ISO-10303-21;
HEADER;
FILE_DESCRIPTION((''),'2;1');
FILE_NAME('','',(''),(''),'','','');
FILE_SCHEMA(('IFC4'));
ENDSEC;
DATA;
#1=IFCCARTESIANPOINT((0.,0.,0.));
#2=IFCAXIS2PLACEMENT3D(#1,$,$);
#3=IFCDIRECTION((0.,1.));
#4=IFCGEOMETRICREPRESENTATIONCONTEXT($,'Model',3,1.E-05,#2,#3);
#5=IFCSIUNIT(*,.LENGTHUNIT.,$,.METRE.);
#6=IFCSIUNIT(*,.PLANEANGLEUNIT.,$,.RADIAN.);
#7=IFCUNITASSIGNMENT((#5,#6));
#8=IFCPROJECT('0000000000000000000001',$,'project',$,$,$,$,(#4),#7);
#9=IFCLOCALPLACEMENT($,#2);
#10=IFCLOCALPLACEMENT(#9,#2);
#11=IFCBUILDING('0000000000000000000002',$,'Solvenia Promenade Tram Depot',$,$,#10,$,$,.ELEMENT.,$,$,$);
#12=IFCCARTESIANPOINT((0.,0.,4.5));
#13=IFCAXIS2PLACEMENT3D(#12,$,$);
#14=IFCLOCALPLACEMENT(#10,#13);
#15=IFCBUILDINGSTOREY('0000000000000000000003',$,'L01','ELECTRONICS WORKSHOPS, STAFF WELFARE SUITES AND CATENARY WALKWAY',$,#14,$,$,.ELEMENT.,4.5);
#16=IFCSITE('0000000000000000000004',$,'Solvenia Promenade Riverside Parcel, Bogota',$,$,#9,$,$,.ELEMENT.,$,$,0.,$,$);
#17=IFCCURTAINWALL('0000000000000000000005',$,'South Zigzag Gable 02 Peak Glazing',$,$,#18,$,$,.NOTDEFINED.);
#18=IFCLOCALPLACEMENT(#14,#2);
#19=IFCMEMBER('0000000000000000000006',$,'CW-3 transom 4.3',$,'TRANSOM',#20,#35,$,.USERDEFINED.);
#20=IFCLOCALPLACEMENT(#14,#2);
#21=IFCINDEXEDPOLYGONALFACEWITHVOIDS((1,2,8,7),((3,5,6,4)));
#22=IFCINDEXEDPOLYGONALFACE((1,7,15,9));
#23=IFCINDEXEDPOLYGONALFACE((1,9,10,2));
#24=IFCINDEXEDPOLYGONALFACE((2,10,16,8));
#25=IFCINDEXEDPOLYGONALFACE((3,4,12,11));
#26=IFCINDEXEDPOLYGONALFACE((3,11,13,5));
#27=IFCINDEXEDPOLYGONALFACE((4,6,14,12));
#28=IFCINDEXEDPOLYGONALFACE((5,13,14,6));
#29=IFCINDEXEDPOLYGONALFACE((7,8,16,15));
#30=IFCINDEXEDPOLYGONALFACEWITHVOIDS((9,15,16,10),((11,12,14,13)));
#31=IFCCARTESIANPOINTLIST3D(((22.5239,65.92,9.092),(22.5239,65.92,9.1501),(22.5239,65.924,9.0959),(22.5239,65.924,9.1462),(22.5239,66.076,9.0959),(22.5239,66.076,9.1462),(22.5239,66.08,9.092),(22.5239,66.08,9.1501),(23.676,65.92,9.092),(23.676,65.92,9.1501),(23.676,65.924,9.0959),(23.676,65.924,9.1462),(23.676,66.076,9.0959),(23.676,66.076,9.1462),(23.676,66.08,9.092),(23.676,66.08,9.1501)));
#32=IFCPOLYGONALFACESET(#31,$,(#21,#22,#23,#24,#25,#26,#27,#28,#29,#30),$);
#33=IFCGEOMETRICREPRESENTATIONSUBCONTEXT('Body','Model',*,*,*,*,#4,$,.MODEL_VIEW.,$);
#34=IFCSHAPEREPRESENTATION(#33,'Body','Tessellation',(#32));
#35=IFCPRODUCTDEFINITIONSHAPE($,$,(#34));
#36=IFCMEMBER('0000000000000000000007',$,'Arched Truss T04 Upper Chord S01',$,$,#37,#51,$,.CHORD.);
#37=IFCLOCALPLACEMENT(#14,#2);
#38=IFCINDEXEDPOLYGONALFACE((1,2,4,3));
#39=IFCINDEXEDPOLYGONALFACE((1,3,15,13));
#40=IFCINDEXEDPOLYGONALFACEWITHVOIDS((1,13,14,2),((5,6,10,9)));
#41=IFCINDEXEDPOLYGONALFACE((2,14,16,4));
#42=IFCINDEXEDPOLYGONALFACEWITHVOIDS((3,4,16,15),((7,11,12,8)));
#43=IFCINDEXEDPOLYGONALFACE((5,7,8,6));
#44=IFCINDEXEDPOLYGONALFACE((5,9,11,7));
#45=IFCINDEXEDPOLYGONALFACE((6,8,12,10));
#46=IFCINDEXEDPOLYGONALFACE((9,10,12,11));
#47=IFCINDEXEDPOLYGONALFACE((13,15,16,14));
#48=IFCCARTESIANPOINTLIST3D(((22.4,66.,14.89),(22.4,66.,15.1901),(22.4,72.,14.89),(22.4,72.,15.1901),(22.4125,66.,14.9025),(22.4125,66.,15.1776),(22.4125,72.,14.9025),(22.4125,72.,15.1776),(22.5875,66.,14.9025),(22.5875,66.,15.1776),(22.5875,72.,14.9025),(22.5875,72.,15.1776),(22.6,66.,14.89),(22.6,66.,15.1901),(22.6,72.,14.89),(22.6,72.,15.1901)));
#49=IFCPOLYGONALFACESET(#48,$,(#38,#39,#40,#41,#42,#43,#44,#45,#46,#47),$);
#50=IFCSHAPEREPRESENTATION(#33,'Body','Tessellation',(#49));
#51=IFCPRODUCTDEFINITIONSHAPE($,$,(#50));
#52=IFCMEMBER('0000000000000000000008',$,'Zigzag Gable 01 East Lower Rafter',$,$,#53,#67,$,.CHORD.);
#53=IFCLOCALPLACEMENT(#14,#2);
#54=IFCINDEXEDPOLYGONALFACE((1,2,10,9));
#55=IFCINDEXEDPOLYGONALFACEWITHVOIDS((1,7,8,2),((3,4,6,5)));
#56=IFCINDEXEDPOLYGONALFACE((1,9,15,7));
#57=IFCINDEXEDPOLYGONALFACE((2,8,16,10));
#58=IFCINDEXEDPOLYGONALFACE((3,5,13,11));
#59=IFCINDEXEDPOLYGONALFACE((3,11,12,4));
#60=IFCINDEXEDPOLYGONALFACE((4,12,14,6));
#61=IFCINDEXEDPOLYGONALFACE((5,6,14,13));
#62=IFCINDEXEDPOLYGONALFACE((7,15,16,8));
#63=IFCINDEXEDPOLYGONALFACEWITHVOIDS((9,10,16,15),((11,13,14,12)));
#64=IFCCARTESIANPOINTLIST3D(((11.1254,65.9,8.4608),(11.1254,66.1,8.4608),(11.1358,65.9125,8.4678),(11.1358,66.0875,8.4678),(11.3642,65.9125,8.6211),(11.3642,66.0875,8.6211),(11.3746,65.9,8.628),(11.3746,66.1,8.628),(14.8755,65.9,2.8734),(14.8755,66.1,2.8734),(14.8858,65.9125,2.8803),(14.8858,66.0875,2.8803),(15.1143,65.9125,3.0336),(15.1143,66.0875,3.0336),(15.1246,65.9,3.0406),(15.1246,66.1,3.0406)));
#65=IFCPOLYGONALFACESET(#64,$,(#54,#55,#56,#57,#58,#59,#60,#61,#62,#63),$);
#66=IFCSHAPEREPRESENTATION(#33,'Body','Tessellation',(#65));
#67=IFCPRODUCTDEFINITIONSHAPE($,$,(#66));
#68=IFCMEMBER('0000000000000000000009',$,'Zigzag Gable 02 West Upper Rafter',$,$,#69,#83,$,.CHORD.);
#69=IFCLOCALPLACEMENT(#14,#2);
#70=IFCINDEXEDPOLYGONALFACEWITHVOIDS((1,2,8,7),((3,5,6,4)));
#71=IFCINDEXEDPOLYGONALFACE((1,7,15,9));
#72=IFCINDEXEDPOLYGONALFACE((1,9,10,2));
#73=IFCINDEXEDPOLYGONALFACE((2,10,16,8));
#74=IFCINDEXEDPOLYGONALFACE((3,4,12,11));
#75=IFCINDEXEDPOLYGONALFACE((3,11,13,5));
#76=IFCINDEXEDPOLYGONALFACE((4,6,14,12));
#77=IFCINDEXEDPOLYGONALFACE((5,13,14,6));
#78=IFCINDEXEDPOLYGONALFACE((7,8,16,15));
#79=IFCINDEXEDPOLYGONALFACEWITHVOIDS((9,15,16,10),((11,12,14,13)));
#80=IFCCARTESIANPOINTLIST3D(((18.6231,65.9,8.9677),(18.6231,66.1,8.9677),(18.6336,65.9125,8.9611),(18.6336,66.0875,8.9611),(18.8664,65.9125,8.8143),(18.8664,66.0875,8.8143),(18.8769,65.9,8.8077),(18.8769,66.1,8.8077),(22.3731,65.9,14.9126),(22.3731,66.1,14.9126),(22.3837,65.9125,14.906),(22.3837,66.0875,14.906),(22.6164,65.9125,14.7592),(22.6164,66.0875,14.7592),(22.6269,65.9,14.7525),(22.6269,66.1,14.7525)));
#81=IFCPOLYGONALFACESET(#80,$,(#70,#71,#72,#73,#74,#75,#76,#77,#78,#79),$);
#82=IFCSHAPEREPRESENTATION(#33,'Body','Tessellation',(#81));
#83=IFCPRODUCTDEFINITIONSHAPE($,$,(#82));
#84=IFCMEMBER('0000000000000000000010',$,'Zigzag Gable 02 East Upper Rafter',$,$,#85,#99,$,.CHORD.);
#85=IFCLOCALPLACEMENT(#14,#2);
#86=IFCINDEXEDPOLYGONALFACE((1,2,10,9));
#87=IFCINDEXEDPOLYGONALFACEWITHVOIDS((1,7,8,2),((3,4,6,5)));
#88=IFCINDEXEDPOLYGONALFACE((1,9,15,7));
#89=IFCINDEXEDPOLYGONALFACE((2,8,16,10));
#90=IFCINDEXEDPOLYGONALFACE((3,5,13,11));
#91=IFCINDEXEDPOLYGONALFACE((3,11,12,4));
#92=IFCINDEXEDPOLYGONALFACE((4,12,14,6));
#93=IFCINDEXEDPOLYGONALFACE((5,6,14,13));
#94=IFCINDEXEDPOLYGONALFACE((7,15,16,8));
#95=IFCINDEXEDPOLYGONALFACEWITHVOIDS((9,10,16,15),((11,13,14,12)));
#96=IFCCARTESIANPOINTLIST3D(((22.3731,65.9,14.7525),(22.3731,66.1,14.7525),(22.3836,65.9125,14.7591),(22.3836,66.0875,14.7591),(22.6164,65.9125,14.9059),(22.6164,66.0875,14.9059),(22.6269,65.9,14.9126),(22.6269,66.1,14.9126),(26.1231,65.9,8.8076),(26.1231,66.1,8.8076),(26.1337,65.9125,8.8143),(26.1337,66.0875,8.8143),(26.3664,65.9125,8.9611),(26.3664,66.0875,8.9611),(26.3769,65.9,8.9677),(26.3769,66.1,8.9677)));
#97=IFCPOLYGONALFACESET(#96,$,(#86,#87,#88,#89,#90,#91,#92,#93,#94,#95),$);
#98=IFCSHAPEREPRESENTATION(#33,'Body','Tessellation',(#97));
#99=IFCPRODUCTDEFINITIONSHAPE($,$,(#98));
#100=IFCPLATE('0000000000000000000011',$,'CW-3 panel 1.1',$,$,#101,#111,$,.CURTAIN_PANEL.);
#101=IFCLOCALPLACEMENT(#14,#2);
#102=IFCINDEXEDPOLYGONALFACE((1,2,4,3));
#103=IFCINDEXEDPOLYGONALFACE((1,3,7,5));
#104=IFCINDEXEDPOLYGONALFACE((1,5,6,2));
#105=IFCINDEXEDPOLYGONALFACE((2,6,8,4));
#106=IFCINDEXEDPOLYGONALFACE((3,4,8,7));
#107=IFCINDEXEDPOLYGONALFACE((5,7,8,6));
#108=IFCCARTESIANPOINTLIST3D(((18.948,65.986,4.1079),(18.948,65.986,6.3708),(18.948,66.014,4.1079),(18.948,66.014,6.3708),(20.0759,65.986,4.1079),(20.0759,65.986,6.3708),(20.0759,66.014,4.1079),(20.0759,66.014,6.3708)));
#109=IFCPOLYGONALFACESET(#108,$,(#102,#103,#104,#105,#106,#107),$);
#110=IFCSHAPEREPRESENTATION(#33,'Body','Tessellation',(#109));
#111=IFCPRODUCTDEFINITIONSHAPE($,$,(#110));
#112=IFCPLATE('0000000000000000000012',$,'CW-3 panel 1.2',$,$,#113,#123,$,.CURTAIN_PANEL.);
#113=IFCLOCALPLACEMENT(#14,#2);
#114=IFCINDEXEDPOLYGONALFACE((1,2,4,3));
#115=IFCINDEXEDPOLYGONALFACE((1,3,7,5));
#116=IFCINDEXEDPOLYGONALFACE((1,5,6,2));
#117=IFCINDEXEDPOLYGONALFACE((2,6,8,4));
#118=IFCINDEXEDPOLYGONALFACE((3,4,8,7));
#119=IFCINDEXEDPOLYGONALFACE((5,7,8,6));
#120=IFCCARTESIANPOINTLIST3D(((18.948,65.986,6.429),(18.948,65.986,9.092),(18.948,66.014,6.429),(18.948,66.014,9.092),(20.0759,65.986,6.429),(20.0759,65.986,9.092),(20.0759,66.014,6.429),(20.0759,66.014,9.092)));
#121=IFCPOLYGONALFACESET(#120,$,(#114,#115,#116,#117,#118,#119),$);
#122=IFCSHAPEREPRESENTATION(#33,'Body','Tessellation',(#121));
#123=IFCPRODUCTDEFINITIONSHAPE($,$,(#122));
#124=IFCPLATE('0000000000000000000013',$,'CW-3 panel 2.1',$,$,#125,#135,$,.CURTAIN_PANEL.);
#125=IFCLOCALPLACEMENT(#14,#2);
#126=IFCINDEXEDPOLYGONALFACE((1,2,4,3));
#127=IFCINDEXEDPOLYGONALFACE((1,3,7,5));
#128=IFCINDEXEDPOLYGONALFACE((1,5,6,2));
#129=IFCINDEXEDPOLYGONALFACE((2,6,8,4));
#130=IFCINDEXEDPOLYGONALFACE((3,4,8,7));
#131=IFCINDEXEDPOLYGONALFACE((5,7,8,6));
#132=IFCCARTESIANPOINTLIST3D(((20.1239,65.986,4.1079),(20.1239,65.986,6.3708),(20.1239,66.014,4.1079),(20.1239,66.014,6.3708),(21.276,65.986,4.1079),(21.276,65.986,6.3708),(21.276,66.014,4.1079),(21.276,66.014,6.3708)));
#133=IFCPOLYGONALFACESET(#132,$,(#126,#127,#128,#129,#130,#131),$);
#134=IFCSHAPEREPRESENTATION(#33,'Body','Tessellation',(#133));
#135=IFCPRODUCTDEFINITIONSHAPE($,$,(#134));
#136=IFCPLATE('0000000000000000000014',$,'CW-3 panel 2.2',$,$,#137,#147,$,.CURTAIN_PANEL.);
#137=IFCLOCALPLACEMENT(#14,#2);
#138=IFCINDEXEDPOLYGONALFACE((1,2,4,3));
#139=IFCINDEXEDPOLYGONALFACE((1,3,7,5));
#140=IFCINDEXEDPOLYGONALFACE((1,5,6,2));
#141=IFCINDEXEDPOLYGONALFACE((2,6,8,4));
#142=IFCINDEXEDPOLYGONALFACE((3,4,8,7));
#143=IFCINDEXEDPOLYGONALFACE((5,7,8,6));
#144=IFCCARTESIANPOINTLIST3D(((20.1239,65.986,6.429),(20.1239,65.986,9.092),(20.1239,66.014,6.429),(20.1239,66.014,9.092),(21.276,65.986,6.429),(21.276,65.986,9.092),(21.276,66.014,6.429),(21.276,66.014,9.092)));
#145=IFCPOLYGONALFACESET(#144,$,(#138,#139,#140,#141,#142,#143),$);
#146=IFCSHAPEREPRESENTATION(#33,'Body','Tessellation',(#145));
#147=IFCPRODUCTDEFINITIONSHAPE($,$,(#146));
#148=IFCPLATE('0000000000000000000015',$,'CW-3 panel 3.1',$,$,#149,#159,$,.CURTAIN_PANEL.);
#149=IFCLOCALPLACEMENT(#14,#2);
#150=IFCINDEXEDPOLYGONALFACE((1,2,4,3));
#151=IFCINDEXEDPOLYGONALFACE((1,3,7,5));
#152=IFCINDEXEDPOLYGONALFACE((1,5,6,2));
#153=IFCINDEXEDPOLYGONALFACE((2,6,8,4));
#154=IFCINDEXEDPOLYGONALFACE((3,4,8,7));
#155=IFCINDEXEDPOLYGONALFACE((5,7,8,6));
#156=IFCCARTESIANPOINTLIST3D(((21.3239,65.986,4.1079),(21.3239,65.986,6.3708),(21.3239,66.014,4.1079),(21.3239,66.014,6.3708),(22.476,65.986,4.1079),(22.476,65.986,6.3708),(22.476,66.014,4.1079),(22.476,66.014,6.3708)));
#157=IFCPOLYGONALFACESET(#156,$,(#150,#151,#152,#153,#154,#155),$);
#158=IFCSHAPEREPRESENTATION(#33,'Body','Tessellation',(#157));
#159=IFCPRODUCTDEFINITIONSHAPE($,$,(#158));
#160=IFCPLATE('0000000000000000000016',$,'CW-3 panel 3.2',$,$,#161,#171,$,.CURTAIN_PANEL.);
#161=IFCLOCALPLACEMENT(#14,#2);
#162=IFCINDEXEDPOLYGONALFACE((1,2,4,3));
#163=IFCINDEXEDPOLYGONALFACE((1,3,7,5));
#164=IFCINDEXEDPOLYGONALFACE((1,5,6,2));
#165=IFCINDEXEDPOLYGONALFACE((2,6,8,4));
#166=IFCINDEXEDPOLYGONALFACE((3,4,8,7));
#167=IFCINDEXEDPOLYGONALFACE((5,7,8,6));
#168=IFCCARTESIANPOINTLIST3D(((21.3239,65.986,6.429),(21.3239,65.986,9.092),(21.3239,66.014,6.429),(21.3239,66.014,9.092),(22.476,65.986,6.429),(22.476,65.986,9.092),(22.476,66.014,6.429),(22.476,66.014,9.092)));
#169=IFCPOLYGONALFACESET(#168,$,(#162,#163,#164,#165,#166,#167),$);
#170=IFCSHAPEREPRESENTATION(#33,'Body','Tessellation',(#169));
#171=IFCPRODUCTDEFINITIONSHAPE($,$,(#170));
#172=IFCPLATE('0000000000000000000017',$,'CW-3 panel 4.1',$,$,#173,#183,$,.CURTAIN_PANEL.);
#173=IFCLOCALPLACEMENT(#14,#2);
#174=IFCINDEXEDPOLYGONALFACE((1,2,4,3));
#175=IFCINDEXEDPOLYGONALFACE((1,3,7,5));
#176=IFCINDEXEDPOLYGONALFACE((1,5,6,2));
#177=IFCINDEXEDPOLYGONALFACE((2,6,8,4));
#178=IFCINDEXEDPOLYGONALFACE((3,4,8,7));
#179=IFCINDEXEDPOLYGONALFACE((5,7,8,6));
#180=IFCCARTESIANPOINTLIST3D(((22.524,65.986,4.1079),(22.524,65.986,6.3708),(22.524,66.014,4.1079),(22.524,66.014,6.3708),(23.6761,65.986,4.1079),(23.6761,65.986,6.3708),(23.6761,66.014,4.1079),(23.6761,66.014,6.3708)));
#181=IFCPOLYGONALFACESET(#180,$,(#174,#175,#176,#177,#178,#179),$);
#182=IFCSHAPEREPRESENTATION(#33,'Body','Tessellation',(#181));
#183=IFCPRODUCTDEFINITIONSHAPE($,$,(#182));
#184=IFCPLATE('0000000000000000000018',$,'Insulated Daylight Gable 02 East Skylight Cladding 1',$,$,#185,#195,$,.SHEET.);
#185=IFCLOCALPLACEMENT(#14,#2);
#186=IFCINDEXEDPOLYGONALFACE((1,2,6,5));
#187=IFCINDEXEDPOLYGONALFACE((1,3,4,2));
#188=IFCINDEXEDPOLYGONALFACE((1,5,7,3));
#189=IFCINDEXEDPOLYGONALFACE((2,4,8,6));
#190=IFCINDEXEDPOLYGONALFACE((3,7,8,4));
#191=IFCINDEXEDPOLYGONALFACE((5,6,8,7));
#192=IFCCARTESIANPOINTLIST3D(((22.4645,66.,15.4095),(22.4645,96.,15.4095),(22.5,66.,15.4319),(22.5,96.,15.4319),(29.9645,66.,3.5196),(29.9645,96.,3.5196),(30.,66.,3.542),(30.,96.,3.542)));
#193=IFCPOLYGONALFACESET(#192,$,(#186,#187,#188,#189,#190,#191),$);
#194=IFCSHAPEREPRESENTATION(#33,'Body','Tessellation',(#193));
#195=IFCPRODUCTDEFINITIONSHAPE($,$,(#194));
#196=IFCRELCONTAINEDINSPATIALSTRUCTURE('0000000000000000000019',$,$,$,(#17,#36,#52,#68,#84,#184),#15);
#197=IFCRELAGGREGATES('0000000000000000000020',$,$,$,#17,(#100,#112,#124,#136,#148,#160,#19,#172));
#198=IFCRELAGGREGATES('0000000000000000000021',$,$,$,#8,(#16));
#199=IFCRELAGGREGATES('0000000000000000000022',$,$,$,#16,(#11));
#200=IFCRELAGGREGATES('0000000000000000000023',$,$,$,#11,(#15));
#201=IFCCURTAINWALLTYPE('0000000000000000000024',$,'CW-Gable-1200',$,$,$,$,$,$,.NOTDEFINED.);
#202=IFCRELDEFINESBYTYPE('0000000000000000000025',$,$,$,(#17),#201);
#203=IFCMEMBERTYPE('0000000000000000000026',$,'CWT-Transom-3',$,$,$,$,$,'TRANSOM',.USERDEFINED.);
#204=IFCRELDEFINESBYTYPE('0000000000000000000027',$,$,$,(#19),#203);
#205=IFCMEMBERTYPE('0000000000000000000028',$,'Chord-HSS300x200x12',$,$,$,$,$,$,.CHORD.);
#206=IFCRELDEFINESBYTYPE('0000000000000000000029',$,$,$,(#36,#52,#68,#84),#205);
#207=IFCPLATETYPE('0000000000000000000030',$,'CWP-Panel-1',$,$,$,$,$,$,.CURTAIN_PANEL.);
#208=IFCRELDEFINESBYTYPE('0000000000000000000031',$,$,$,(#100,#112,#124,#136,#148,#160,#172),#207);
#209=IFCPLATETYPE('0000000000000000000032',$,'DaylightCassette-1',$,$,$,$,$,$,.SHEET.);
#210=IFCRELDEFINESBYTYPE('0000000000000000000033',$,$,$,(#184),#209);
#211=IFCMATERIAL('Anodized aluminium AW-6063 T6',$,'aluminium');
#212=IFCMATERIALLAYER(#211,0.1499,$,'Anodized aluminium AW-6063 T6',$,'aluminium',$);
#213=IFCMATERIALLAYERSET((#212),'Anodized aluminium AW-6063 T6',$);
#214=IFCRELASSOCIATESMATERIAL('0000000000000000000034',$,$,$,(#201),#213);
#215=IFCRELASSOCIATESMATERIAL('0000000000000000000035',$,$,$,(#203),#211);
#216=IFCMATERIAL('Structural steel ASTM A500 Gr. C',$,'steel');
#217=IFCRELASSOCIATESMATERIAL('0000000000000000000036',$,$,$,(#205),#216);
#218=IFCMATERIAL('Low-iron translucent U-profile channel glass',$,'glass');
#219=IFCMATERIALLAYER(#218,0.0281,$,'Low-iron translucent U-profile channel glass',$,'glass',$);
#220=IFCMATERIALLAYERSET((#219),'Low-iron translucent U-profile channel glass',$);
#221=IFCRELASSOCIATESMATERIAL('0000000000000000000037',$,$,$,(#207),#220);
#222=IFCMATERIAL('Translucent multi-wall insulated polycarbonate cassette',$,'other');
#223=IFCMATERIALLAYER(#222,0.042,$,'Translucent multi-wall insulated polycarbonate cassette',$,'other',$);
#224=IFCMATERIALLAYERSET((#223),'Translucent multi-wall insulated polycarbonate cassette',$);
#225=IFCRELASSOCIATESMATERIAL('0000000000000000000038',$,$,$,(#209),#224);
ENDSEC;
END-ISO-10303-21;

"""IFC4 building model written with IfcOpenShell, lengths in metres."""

from ifc_helpers import new_model, si_unit, direction, frame, origin, origin_2d, place, context, subcontext, project, spatial, polyline, rectangle, hollow_rectangle, outline, extrude, material, layer, layer_set, material_profile, profile_set, type_object, element, aggregate, save


model = new_model("IFC4")

# Units and contexts
model_context = context("Model", 3, precision=1e-05, world=origin(), true_north=direction((0.0, 1.0)))
body_context = subcontext(model_context, "Body", "Model", "MODEL_VIEW")
ifc_project = project(units=[si_unit("LENGTHUNIT", "METRE"), si_unit("PLANEANGLEUNIT", "RADIAN")], contexts=[model_context])

# Site, building, storey
site_placement = place(None, origin())
site = spatial("IfcSite", under=ifc_project, at=site_placement, Name="Solvenia Promenade Riverside Parcel, Bogota", CompositionType="ELEMENT", RefElevation=0.0)
building_placement = place(site_placement, origin())
building = spatial("IfcBuilding", under=site, at=building_placement, Name="Solvenia Promenade Tram Depot", CompositionType="ELEMENT")
storey_placement = place(building_placement, frame((0.0, 0.0, 4.5)))
storey = spatial("IfcBuildingStorey", under=building, at=storey_placement, Name="L01", Description="ELECTRONICS WORKSHOPS, STAFF WELFARE SUITES AND CATENARY WALKWAY", CompositionType="ELEMENT", Elevation=4.5)

# Curtain wall, member
ifc_material_1 = material(Name="Anodized aluminium AW-6063 T6", Category="aluminium")
ifc_layer_1 = layer(ifc_material_1, 0.1499, Name="Anodized aluminium AW-6063 T6", Category="aluminium")
ifc_layer_set_1 = layer_set([ifc_layer_1], Name="Anodized aluminium AW-6063 T6")
curtain_wall_type = type_object("IfcCurtainWallType", Name="CW-Gable-1200", PredefinedType="NOTDEFINED", material=ifc_layer_set_1)
curtain_wall_placement = place(storey_placement, origin())
curtain_wall = element("IfcCurtainWall", 1, at=curtain_wall_placement, inside=storey, type_object=curtain_wall_type, Name="South Zigzag Gable 02 Peak Glazing", PredefinedType="NOTDEFINED")
ifc_material_profile_1 = material_profile(ifc_material_1, hollow_rectangle(XDim=0.1599, YDim=0.0581, WallThickness=0.0039, at=origin_2d()), Name="ALU-T3", Category="aluminium")
ifc_profile_set_1 = profile_set([ifc_material_profile_1], Name="Anodized aluminium AW-6063 T6")
member_type_1 = type_object("IfcMemberType", Name="CWT-Transom-3", ElementType="TRANSOM", PredefinedType="USERDEFINED", material=ifc_profile_set_1)
member_1_placement = place(storey_placement, frame((22.5239, 66.0, 9.1211), z_axis=(1.0, 0.0, 0.0), x_axis=(0.0, 1.0, 0.0)))
member_1 = element("IfcMember", 2, at=member_1_placement, type_object=member_type_1, Name="CW-3 transom 4.3", ObjectType="TRANSOM", PredefinedType="USERDEFINED", context=body_context, shape_type="SweptSolid", body=[
    extrude(hollow_rectangle(XDim=0.1599, YDim=0.0581, WallThickness=0.0039, at=origin_2d()), origin(), (0.0, 0.0, 1.0), 1.1521),
])

# Members
ifc_material_2 = material(Name="Structural steel ASTM A500 Gr. C", Category="steel")
ifc_material_profile_2 = material_profile(ifc_material_2, hollow_rectangle(XDim=0.2, YDim=0.3, WallThickness=0.0125, at=origin_2d()), Name="HSS300x200x12.5", Category="steel")
ifc_profile_set_2 = profile_set([ifc_material_profile_2], Name="Structural steel ASTM A500 Gr. C")
member_type_2 = type_object("IfcMemberType", Name="Chord-HSS300x200x12", PredefinedType="CHORD", material=ifc_profile_set_2)
member_2_placement = place(storey_placement, frame((22.5, 66.0, 15.04), z_axis=(0.0, 1.0, 0.0), x_axis=(-1.0, 0.0, 0.0)))
element("IfcMember", 3, at=member_2_placement, inside=storey, type_object=member_type_2, Name="Arched Truss T04 Upper Chord S01", PredefinedType="CHORD", context=body_context, shape_type="SweptSolid", body=[
    extrude(hollow_rectangle(XDim=0.2, YDim=0.3, WallThickness=0.0125, at=origin_2d()), origin(), (0.0, 0.0, 1.0), 6.0),
])
member_3_placement = place(storey_placement, frame((11.25, 66.0, 8.5444), z_axis=(0.557276, 0.0, -0.830327), x_axis=(0.0, 1.0, 0.0)))
element("IfcMember", 4, at=member_3_placement, inside=storey, type_object=member_type_2, Name="Zigzag Gable 01 East Lower Rafter", PredefinedType="CHORD", context=body_context, shape_type="SweptSolid", body=[
    extrude(hollow_rectangle(XDim=0.2, YDim=0.3, WallThickness=0.0125, at=origin_2d()), origin(), (0.0, 0.0, 1.0), 6.7292),
])
for number, where, z_axis, x_axis, name in (
    (5, (18.75, 66.0, 8.8877), (0.533522, 0.0, 0.845786), (0.0, 1.0, 0.0), "Zigzag Gable 02 West Upper Rafter"),
    (6, (22.5, 66.0, 14.8325), (0.533522, 0.0, -0.845786), (0.0, 1.0, 0.0), "Zigzag Gable 02 East Upper Rafter"),
):
    element("IfcMember", number, at=place(storey_placement, frame(where, z_axis=z_axis, x_axis=x_axis)), inside=storey, type_object=member_type_2, Name=name, PredefinedType="CHORD", context=body_context, shape_type="SweptSolid", body=[
        extrude(hollow_rectangle(XDim=0.2, YDim=0.3, WallThickness=0.0125, at=origin_2d()), origin(), (0.0, 0.0, 1.0), 7.0288),
    ])

# Plates
ifc_material_3 = material(Name="Low-iron translucent U-profile channel glass", Category="glass")
ifc_layer_2 = layer(ifc_material_3, 0.0281, Name="Low-iron translucent U-profile channel glass", Category="glass")
ifc_layer_set_2 = layer_set([ifc_layer_2], Name="Low-iron translucent U-profile channel glass")
plate_type_1 = type_object("IfcPlateType", Name="CWP-Panel-1", PredefinedType="CURTAIN_PANEL", material=ifc_layer_set_2)
plate_1_placement = place(storey_placement, frame((19.512, 66.0, 4.1079), z_axis=(0.0, 0.0, 1.0), x_axis=(1.0, 0.0, 0.0)))
plate_1 = element("IfcPlate", 7, at=plate_1_placement, type_object=plate_type_1, Name="CW-3 panel 1.1", PredefinedType="CURTAIN_PANEL", context=body_context, shape_type="SweptSolid", body=[
    extrude(rectangle(XDim=1.1279, YDim=0.0281, at=origin_2d()), origin(), (0.0, 0.0, 1.0), 2.2629),
])
plate_2_placement = place(storey_placement, frame((19.512, 66.0, 6.429), z_axis=(0.0, 0.0, 1.0), x_axis=(1.0, 0.0, 0.0)))
plate_2 = element("IfcPlate", 8, at=plate_2_placement, type_object=plate_type_1, Name="CW-3 panel 1.2", PredefinedType="CURTAIN_PANEL", context=body_context, shape_type="SweptSolid", body=[
    extrude(rectangle(XDim=1.1279, YDim=0.0281, at=origin_2d()), origin(), (0.0, 0.0, 1.0), 2.6631),
])
plate_3_placement = place(storey_placement, frame((20.7, 66.0, 4.1079), z_axis=(0.0, 0.0, 1.0), x_axis=(1.0, 0.0, 0.0)))
plate_3 = element("IfcPlate", 9, at=plate_3_placement, type_object=plate_type_1, Name="CW-3 panel 2.1", PredefinedType="CURTAIN_PANEL", context=body_context, shape_type="SweptSolid", body=[
    extrude(rectangle(XDim=1.1521, YDim=0.0281, at=origin_2d()), origin(), (0.0, 0.0, 1.0), 2.2629),
])
plate_4_placement = place(storey_placement, frame((20.7, 66.0, 6.429), z_axis=(0.0, 0.0, 1.0), x_axis=(1.0, 0.0, 0.0)))
plate_4 = element("IfcPlate", 10, at=plate_4_placement, type_object=plate_type_1, Name="CW-3 panel 2.2", PredefinedType="CURTAIN_PANEL", context=body_context, shape_type="SweptSolid", body=[
    extrude(rectangle(XDim=1.1521, YDim=0.0281, at=origin_2d()), origin(), (0.0, 0.0, 1.0), 2.6631),
])
plate_5_placement = place(storey_placement, frame((21.8999, 66.0, 4.1079), z_axis=(0.0, 0.0, 1.0), x_axis=(1.0, 0.0, 0.0)))
plate_5 = element("IfcPlate", 11, at=plate_5_placement, type_object=plate_type_1, Name="CW-3 panel 3.1", PredefinedType="CURTAIN_PANEL", context=body_context, shape_type="SweptSolid", body=[
    extrude(rectangle(XDim=1.1521, YDim=0.0281, at=origin_2d()), origin(), (0.0, 0.0, 1.0), 2.2629),
])
plate_6_placement = place(storey_placement, frame((21.8999, 66.0, 6.429), z_axis=(0.0, 0.0, 1.0), x_axis=(1.0, 0.0, 0.0)))
plate_6 = element("IfcPlate", 12, at=plate_6_placement, type_object=plate_type_1, Name="CW-3 panel 3.2", PredefinedType="CURTAIN_PANEL", context=body_context, shape_type="SweptSolid", body=[
    extrude(rectangle(XDim=1.1521, YDim=0.0281, at=origin_2d()), origin(), (0.0, 0.0, 1.0), 2.6631),
])
plate_7_placement = place(storey_placement, frame((23.1001, 66.0, 4.1079), z_axis=(0.0, 0.0, 1.0), x_axis=(1.0, 0.0, 0.0)))
plate_7 = element("IfcPlate", 13, at=plate_7_placement, type_object=plate_type_1, Name="CW-3 panel 4.1", PredefinedType="CURTAIN_PANEL", context=body_context, shape_type="SweptSolid", body=[
    extrude(rectangle(XDim=1.1521, YDim=0.0281, at=origin_2d()), origin(), (0.0, 0.0, 1.0), 2.2629),
])
aggregate(curtain_wall, [plate_1, plate_2, plate_3, plate_4, plate_5, plate_6, member_1, plate_7])

# Plate
ifc_material_4 = material(Name="Translucent multi-wall insulated polycarbonate cassette", Category="other")
ifc_layer_3 = layer(ifc_material_4, 0.042, Name="Translucent multi-wall insulated polycarbonate cassette", Category="other")
ifc_layer_set_3 = layer_set([ifc_layer_3], Name="Translucent multi-wall insulated polycarbonate cassette")
plate_type_2 = type_object("IfcPlateType", Name="DaylightCassette-1", PredefinedType="SHEET", material=ifc_layer_set_3)
plate_8_placement = place(storey_placement, frame((22.5, 66.0, 15.4319), z_axis=(0.845791, 0.0, 0.533515), x_axis=(0.0, 1.0, 0.0)))
element("IfcPlate", 14, at=plate_8_placement, inside=storey, type_object=plate_type_2, Name="Insulated Daylight Gable 02 East Skylight Cladding 1", PredefinedType="SHEET", context=body_context, shape_type="SweptSolid", body=[
    extrude(outline(polyline([(0.0, 0.0), (30.0, 0.0), (30.0, -14.0577), (0.0, -14.0577), (0.0, 0.0)])), origin(), (0.0, 0.0, -1.0), 0.042),
])

save(model, "model.ifc")
